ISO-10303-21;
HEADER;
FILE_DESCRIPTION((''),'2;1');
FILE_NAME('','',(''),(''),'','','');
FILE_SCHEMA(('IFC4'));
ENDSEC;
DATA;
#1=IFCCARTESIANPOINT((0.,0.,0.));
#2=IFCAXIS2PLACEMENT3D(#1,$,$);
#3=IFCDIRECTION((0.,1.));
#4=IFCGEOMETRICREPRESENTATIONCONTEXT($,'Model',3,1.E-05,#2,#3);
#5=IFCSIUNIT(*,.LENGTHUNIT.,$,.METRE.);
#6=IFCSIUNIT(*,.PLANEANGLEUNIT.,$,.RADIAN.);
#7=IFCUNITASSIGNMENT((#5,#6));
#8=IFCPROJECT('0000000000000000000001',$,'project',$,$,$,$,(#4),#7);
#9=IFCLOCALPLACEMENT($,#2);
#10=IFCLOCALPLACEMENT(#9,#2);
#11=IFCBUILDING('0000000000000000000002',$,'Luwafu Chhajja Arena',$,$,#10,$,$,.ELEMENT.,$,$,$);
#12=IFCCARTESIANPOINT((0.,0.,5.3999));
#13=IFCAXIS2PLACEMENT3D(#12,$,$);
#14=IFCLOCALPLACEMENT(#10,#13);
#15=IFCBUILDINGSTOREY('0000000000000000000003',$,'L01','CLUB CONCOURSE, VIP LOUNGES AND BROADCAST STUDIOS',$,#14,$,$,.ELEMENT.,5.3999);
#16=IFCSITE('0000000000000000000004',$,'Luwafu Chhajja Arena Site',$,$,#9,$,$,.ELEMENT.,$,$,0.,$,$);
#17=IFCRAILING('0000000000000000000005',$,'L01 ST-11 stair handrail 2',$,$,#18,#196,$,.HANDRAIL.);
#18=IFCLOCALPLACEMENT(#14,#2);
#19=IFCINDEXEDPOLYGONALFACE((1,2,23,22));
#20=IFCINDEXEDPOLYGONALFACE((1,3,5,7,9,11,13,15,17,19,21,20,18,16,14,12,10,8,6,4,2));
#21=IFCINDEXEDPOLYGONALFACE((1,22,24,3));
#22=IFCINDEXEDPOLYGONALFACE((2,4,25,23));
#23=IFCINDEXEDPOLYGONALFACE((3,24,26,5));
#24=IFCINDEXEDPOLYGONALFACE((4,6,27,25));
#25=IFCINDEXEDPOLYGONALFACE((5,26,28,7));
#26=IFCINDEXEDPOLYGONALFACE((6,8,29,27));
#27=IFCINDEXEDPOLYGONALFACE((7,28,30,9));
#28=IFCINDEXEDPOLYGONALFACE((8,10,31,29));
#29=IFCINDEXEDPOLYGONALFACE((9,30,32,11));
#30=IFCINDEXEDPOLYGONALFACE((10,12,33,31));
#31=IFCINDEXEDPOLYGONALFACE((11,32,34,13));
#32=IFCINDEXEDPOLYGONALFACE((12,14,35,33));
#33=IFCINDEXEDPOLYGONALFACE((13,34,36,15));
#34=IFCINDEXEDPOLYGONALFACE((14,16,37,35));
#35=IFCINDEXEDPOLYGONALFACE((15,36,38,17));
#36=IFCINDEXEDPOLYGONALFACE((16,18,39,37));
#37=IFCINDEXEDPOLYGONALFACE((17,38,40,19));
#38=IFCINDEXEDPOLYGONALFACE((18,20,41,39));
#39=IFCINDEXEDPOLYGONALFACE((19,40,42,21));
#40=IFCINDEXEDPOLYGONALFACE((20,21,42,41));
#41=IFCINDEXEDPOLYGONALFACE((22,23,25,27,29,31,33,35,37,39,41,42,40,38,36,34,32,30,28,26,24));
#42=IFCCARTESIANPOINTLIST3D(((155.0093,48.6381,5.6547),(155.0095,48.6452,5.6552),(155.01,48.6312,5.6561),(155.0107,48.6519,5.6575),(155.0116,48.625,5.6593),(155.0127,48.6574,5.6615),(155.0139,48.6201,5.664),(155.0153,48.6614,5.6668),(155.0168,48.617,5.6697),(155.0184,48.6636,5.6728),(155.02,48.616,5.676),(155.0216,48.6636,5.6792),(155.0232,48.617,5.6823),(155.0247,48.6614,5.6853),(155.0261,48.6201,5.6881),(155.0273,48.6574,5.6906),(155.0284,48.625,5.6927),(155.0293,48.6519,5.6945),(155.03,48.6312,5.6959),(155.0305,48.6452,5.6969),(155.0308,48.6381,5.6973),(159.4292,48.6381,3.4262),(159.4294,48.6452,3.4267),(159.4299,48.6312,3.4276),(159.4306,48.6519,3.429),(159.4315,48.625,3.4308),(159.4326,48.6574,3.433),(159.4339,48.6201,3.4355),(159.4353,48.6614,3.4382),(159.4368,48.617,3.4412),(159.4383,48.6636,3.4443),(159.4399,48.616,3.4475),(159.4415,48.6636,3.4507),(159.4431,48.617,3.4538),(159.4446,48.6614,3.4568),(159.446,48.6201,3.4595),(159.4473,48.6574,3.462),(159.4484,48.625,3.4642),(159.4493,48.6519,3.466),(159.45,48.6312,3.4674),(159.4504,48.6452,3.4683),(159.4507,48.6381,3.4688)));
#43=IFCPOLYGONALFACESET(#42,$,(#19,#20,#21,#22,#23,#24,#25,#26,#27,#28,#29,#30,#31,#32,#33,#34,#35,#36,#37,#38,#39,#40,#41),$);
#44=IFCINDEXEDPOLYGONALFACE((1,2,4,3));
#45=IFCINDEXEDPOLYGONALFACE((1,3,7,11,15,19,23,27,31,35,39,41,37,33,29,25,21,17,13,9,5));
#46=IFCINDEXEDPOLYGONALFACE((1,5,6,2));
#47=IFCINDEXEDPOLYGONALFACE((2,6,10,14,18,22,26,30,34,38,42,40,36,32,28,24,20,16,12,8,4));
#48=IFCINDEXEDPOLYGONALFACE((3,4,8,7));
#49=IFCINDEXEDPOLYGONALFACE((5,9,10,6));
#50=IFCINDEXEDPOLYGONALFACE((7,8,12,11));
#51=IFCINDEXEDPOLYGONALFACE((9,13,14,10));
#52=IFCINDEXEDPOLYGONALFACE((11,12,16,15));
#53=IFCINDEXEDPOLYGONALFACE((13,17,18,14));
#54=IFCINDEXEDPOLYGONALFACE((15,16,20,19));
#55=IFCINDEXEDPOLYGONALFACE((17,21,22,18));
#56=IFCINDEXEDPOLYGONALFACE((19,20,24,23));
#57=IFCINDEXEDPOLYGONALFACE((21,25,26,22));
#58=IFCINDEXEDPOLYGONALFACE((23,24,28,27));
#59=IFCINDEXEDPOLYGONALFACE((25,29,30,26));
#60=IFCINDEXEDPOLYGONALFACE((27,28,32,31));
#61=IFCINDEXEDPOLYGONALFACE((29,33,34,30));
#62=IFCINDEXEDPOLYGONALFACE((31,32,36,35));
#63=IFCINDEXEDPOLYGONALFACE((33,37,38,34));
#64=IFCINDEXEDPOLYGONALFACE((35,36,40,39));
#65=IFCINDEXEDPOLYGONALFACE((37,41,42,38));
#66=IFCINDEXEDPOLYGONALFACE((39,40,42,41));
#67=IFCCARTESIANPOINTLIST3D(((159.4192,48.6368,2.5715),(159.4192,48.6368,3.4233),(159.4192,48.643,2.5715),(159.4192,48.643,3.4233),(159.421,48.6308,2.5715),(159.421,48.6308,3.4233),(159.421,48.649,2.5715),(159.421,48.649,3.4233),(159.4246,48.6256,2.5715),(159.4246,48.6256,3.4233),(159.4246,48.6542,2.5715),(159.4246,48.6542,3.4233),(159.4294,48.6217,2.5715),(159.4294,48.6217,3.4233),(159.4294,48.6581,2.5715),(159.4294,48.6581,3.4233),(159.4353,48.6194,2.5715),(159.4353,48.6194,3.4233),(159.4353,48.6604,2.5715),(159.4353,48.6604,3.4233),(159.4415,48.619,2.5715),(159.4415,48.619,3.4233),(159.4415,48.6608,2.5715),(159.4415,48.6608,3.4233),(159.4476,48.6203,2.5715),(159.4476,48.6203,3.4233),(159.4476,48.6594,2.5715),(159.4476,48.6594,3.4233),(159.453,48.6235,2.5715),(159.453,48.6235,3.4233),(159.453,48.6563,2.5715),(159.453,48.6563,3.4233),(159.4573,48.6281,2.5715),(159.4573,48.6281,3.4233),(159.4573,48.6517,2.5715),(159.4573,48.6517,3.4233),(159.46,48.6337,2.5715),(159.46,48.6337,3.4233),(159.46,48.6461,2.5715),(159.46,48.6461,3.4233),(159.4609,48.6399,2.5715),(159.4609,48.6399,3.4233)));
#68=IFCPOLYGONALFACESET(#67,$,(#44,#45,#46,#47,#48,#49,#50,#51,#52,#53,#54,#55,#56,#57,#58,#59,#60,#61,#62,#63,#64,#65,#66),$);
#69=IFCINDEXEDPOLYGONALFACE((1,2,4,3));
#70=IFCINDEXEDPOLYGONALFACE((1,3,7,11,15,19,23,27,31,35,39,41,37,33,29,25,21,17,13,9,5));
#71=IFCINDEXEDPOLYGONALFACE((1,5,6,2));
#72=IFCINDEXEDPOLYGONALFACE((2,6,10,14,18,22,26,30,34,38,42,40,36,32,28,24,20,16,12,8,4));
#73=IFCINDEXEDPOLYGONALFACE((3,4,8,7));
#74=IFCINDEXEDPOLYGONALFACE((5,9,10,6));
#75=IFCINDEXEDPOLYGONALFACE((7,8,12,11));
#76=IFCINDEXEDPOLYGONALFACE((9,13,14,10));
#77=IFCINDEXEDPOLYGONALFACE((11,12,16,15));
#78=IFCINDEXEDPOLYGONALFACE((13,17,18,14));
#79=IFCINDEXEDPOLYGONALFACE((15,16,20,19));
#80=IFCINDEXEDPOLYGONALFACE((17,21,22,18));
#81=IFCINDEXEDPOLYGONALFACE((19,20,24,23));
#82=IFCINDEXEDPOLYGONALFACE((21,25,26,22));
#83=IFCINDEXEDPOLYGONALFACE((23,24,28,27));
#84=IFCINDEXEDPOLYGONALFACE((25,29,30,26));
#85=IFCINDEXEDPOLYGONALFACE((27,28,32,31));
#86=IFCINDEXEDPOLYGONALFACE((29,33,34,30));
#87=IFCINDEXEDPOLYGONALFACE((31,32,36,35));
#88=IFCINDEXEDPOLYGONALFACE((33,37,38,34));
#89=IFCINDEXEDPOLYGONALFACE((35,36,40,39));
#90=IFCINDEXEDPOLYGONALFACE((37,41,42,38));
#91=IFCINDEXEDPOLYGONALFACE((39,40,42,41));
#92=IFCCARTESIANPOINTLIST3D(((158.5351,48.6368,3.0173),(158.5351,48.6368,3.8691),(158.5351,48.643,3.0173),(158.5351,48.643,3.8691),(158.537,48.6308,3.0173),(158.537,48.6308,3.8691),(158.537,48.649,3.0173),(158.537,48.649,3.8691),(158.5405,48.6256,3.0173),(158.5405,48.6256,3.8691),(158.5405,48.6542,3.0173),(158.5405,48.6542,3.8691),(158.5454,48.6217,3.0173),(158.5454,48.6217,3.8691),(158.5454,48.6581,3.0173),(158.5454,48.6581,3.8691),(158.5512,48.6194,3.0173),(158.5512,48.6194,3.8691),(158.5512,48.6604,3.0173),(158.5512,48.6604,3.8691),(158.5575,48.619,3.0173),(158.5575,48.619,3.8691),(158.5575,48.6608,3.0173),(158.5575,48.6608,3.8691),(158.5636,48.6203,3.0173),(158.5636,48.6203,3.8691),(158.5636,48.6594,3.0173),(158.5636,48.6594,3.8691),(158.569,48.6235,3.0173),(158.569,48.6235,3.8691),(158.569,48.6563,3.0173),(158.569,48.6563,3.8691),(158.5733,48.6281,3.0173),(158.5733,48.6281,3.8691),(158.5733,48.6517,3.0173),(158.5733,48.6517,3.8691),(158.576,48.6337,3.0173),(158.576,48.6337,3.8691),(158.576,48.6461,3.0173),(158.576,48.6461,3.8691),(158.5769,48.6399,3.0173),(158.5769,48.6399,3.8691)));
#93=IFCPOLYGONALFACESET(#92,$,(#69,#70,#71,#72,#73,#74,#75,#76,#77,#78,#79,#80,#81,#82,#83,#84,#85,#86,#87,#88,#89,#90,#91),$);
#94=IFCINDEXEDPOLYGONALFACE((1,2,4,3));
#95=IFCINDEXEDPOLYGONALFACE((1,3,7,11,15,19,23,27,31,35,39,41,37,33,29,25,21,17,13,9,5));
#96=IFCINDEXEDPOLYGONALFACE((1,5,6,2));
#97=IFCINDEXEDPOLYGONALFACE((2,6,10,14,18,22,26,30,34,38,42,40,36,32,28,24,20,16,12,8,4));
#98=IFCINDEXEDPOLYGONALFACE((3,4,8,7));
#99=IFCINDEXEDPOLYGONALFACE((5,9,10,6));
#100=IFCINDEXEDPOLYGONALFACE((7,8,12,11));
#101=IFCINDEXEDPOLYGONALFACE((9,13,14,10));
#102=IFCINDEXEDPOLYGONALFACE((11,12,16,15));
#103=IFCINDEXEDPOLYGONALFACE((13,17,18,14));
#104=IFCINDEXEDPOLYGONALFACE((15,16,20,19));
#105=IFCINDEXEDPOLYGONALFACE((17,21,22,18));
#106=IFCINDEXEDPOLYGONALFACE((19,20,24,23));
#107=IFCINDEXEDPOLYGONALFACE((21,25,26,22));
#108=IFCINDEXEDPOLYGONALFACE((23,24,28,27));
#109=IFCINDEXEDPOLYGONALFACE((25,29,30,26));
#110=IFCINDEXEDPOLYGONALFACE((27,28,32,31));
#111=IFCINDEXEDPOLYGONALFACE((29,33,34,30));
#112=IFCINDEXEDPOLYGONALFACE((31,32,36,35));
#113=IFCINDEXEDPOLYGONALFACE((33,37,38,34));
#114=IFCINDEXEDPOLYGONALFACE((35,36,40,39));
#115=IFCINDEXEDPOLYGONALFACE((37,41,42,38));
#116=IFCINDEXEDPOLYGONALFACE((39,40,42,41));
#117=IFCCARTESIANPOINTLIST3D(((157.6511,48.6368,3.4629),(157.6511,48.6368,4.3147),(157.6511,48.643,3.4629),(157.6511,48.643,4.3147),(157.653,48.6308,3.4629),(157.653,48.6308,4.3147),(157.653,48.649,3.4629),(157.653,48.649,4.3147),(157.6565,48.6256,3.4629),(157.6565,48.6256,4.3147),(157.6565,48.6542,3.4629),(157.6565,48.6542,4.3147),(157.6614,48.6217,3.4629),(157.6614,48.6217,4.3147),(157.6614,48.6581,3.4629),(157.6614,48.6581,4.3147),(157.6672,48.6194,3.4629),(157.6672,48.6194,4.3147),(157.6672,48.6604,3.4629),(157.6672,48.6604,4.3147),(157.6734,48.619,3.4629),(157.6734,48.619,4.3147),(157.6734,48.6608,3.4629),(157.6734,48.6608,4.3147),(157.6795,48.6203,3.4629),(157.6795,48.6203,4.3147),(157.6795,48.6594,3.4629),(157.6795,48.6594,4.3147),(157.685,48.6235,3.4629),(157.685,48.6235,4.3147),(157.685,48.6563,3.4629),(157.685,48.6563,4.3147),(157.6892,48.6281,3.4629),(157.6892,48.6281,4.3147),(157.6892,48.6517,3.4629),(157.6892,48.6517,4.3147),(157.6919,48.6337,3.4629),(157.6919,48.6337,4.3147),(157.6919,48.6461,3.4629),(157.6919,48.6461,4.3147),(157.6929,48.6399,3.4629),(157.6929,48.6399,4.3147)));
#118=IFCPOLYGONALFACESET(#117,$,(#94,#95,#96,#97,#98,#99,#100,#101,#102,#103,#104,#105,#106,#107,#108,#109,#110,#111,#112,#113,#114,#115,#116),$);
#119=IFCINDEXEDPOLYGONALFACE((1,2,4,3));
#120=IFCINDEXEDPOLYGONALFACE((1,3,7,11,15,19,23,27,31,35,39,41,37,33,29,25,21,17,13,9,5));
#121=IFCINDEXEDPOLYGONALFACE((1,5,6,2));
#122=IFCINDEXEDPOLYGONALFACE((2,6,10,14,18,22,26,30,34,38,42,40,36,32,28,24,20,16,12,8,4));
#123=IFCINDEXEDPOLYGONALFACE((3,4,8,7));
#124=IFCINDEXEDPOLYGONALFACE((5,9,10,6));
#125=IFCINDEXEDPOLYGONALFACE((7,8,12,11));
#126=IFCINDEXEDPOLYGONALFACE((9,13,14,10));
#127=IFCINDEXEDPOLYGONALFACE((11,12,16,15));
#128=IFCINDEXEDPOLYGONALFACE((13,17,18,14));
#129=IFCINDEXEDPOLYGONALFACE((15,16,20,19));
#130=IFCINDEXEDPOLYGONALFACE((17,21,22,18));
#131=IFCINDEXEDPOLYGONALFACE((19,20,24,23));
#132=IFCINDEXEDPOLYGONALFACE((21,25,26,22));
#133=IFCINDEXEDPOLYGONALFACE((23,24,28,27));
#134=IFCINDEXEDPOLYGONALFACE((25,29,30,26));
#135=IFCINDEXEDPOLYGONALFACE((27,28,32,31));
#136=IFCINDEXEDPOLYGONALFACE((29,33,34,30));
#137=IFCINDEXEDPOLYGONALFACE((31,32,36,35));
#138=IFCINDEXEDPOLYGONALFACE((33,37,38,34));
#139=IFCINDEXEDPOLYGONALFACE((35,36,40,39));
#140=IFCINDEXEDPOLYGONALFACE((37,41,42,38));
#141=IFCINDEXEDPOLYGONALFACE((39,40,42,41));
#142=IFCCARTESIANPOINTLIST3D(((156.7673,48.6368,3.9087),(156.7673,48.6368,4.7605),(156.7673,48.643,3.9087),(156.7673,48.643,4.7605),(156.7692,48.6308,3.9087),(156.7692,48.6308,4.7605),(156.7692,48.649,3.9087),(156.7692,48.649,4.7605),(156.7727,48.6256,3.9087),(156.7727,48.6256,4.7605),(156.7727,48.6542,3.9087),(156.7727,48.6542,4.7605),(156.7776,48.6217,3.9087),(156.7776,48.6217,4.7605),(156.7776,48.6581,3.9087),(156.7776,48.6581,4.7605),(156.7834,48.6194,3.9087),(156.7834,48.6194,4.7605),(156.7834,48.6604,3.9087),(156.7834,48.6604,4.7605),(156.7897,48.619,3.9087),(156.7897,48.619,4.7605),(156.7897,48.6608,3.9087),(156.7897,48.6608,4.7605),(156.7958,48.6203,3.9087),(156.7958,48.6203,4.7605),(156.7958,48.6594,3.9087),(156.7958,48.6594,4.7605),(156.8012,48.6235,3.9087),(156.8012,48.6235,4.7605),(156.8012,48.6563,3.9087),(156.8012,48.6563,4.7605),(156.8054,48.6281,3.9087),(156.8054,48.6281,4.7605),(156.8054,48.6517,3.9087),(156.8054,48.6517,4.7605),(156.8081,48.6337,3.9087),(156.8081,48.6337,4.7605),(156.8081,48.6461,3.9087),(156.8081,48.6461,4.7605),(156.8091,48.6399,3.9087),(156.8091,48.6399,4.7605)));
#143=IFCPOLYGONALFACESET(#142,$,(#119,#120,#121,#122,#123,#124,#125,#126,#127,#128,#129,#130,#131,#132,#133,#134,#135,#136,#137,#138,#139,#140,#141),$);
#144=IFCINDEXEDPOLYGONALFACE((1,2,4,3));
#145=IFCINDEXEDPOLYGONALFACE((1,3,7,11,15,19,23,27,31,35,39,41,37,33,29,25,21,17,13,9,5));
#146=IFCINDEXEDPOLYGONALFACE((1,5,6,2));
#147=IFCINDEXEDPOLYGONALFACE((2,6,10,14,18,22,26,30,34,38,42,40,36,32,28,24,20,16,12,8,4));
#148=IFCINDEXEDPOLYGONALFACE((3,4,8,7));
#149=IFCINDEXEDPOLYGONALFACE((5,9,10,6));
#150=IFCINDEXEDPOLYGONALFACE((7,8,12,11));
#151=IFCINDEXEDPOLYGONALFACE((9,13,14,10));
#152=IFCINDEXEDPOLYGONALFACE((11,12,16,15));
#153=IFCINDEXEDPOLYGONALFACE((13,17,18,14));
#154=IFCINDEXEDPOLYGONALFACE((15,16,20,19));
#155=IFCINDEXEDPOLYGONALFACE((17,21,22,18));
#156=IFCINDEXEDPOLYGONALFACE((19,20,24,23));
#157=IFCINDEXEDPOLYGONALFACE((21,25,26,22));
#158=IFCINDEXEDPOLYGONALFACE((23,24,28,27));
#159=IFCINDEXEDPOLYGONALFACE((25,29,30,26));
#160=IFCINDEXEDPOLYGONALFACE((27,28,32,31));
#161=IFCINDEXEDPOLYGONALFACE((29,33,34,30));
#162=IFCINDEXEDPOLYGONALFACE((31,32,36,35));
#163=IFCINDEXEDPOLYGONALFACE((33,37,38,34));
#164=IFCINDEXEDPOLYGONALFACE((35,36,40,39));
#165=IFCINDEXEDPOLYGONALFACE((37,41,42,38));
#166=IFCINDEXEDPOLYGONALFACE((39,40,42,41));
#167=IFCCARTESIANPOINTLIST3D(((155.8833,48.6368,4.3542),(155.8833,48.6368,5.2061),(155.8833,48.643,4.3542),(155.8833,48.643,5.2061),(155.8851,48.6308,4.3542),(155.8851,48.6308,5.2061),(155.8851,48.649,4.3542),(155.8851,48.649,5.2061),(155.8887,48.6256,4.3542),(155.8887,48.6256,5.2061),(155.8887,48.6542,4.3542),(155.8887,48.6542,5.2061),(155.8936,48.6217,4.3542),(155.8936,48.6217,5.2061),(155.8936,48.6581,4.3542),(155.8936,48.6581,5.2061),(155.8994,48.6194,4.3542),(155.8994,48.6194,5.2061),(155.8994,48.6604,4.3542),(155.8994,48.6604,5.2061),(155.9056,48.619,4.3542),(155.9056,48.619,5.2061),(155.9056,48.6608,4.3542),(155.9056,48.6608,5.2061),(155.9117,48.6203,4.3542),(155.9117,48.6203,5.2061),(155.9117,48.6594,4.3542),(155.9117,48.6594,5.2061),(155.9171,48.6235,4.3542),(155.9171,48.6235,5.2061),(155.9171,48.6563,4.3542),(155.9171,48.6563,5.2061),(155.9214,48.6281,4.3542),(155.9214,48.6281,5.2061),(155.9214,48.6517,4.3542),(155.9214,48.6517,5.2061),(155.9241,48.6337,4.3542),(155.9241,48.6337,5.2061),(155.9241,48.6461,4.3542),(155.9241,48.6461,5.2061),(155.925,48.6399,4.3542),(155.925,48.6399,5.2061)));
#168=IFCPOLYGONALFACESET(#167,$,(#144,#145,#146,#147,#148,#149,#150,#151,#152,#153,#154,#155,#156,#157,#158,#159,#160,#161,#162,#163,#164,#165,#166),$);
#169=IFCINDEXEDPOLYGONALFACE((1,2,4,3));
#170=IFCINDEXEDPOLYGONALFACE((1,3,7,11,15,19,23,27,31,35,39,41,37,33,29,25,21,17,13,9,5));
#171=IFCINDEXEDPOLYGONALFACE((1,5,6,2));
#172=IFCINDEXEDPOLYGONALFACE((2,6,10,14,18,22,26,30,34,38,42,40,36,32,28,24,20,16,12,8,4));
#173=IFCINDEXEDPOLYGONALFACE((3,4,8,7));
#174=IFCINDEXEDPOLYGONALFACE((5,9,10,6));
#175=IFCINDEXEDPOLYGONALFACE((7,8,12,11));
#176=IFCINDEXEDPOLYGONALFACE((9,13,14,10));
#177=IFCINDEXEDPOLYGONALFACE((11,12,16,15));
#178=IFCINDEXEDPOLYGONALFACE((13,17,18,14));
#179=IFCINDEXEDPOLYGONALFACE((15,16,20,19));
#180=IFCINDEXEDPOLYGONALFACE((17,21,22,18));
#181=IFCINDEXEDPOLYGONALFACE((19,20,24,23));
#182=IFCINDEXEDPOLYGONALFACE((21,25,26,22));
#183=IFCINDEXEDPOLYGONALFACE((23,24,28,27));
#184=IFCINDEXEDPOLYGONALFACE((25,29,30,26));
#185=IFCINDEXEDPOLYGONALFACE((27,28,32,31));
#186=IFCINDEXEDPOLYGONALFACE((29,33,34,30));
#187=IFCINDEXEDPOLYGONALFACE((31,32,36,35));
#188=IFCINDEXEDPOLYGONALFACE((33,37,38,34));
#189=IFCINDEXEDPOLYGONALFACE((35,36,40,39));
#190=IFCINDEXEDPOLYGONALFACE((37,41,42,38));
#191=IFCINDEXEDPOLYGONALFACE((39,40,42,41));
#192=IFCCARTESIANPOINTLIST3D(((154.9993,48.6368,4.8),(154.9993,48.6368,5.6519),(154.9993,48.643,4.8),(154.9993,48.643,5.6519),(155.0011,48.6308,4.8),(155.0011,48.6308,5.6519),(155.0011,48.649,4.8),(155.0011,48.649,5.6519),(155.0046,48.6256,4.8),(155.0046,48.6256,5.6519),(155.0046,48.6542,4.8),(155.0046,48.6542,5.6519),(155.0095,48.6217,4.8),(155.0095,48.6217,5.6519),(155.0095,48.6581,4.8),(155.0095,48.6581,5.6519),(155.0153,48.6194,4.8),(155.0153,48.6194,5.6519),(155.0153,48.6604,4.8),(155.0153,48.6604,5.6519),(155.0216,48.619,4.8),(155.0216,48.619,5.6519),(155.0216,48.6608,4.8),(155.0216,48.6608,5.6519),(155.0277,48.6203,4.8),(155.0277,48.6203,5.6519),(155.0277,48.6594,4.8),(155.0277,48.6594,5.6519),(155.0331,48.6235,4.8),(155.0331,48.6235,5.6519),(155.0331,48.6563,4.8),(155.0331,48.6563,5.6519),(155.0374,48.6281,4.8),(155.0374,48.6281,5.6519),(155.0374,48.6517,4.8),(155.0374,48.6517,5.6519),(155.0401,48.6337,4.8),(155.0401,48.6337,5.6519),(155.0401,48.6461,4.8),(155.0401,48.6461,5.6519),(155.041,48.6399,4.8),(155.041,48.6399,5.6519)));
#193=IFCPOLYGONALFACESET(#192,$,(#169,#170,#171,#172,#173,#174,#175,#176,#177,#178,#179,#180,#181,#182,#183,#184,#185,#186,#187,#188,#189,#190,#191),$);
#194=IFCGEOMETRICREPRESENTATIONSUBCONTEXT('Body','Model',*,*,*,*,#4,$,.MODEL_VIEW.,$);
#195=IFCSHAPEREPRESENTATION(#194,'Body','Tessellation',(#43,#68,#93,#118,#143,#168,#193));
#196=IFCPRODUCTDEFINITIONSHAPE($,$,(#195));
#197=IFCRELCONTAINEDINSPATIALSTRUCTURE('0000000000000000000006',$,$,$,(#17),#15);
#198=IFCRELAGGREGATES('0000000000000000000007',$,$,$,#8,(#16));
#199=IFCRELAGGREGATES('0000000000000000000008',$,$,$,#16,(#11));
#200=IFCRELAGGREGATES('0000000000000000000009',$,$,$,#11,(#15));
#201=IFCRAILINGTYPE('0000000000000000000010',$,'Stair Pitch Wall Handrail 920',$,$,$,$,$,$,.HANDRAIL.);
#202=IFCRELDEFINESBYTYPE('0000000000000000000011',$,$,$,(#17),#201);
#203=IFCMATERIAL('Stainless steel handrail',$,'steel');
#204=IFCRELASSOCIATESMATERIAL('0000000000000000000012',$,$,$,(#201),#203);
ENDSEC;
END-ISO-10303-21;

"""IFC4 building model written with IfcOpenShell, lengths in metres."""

from ifc_helpers import new_model, si_unit, direction, frame, origin, origin_2d, place, context, subcontext, project, spatial, circle, extrude, material, type_object, element, save


model = new_model("IFC4")

# Units and contexts
model_context = context("Model", 3, precision=1e-05, world=origin(), true_north=direction((0.0, 1.0)))
body_context = subcontext(model_context, "Body", "Model", "MODEL_VIEW")
ifc_project = project(units=[si_unit("LENGTHUNIT", "METRE"), si_unit("PLANEANGLEUNIT", "RADIAN")], contexts=[model_context])

# Site, building, storey
site_placement = place(None, origin())
site = spatial("IfcSite", under=ifc_project, at=site_placement, Name="Luwafu Chhajja Arena Site", CompositionType="ELEMENT", RefElevation=0.0)
building_placement = place(site_placement, origin())
building = spatial("IfcBuilding", under=site, at=building_placement, Name="Luwafu Chhajja Arena", CompositionType="ELEMENT")
storey_placement = place(building_placement, frame((0.0, 0.0, 5.3999)))
storey = spatial("IfcBuildingStorey", under=building, at=storey_placement, Name="L01", Description="CLUB CONCOURSE, VIP LOUNGES AND BROADCAST STUDIOS", CompositionType="ELEMENT", Elevation=5.3999)

# Railing
ifc_material_1 = material(Name="Stainless steel handrail", Category="steel")
railing_type_1 = type_object("IfcRailingType", Name="Stair Pitch Wall Handrail 920", PredefinedType="HANDRAIL", material=ifc_material_1)
for number, where, name in (
    (1, (159.4399, 48.6399, 2.5715), "L01 ST-11 stair handrail 2"),
):
    element("IfcRailing", number, at=place(storey_placement, frame(where)), inside=storey, type_object=railing_type_1, Name=name, PredefinedType="HANDRAIL", context=body_context, shape_type="SweptSolid", body=[
        extrude(circle(Radius=0.0239, at=origin_2d()), frame((0.0, 0.0, 0.876), z_axis=(-0.892923, 0.0, 0.45021), x_axis=(0.0, -1.0, 0.0)), (0.0, 0.0, 1.0), 4.95),
        extrude(circle(Radius=0.021, at=origin_2d()), origin(), (0.0, 0.0, 1.0), 0.8518),
        extrude(circle(Radius=0.021, at=origin_2d()), frame((-0.884, 0.0, 0.4458)), (0.0, 0.0, 1.0), 0.8518),
        extrude(circle(Radius=0.021, at=origin_2d()), frame((-1.7681, 0.0, 0.8914)), (0.0, 0.0, 1.0), 0.8518),
        extrude(circle(Radius=0.021, at=origin_2d()), frame((-2.6519, 0.0, 1.3372)), (0.0, 0.0, 1.0), 0.8518),
        extrude(circle(Radius=0.021, at=origin_2d()), frame((-3.5359, 0.0, 1.7827)), (0.0, 0.0, 1.0), 0.8518),
        extrude(circle(Radius=0.021, at=origin_2d()), frame((-4.4199, 0.0, 2.2285)), (0.0, 0.0, 1.0), 0.8518),
    ])

save(model, "model.ifc")
